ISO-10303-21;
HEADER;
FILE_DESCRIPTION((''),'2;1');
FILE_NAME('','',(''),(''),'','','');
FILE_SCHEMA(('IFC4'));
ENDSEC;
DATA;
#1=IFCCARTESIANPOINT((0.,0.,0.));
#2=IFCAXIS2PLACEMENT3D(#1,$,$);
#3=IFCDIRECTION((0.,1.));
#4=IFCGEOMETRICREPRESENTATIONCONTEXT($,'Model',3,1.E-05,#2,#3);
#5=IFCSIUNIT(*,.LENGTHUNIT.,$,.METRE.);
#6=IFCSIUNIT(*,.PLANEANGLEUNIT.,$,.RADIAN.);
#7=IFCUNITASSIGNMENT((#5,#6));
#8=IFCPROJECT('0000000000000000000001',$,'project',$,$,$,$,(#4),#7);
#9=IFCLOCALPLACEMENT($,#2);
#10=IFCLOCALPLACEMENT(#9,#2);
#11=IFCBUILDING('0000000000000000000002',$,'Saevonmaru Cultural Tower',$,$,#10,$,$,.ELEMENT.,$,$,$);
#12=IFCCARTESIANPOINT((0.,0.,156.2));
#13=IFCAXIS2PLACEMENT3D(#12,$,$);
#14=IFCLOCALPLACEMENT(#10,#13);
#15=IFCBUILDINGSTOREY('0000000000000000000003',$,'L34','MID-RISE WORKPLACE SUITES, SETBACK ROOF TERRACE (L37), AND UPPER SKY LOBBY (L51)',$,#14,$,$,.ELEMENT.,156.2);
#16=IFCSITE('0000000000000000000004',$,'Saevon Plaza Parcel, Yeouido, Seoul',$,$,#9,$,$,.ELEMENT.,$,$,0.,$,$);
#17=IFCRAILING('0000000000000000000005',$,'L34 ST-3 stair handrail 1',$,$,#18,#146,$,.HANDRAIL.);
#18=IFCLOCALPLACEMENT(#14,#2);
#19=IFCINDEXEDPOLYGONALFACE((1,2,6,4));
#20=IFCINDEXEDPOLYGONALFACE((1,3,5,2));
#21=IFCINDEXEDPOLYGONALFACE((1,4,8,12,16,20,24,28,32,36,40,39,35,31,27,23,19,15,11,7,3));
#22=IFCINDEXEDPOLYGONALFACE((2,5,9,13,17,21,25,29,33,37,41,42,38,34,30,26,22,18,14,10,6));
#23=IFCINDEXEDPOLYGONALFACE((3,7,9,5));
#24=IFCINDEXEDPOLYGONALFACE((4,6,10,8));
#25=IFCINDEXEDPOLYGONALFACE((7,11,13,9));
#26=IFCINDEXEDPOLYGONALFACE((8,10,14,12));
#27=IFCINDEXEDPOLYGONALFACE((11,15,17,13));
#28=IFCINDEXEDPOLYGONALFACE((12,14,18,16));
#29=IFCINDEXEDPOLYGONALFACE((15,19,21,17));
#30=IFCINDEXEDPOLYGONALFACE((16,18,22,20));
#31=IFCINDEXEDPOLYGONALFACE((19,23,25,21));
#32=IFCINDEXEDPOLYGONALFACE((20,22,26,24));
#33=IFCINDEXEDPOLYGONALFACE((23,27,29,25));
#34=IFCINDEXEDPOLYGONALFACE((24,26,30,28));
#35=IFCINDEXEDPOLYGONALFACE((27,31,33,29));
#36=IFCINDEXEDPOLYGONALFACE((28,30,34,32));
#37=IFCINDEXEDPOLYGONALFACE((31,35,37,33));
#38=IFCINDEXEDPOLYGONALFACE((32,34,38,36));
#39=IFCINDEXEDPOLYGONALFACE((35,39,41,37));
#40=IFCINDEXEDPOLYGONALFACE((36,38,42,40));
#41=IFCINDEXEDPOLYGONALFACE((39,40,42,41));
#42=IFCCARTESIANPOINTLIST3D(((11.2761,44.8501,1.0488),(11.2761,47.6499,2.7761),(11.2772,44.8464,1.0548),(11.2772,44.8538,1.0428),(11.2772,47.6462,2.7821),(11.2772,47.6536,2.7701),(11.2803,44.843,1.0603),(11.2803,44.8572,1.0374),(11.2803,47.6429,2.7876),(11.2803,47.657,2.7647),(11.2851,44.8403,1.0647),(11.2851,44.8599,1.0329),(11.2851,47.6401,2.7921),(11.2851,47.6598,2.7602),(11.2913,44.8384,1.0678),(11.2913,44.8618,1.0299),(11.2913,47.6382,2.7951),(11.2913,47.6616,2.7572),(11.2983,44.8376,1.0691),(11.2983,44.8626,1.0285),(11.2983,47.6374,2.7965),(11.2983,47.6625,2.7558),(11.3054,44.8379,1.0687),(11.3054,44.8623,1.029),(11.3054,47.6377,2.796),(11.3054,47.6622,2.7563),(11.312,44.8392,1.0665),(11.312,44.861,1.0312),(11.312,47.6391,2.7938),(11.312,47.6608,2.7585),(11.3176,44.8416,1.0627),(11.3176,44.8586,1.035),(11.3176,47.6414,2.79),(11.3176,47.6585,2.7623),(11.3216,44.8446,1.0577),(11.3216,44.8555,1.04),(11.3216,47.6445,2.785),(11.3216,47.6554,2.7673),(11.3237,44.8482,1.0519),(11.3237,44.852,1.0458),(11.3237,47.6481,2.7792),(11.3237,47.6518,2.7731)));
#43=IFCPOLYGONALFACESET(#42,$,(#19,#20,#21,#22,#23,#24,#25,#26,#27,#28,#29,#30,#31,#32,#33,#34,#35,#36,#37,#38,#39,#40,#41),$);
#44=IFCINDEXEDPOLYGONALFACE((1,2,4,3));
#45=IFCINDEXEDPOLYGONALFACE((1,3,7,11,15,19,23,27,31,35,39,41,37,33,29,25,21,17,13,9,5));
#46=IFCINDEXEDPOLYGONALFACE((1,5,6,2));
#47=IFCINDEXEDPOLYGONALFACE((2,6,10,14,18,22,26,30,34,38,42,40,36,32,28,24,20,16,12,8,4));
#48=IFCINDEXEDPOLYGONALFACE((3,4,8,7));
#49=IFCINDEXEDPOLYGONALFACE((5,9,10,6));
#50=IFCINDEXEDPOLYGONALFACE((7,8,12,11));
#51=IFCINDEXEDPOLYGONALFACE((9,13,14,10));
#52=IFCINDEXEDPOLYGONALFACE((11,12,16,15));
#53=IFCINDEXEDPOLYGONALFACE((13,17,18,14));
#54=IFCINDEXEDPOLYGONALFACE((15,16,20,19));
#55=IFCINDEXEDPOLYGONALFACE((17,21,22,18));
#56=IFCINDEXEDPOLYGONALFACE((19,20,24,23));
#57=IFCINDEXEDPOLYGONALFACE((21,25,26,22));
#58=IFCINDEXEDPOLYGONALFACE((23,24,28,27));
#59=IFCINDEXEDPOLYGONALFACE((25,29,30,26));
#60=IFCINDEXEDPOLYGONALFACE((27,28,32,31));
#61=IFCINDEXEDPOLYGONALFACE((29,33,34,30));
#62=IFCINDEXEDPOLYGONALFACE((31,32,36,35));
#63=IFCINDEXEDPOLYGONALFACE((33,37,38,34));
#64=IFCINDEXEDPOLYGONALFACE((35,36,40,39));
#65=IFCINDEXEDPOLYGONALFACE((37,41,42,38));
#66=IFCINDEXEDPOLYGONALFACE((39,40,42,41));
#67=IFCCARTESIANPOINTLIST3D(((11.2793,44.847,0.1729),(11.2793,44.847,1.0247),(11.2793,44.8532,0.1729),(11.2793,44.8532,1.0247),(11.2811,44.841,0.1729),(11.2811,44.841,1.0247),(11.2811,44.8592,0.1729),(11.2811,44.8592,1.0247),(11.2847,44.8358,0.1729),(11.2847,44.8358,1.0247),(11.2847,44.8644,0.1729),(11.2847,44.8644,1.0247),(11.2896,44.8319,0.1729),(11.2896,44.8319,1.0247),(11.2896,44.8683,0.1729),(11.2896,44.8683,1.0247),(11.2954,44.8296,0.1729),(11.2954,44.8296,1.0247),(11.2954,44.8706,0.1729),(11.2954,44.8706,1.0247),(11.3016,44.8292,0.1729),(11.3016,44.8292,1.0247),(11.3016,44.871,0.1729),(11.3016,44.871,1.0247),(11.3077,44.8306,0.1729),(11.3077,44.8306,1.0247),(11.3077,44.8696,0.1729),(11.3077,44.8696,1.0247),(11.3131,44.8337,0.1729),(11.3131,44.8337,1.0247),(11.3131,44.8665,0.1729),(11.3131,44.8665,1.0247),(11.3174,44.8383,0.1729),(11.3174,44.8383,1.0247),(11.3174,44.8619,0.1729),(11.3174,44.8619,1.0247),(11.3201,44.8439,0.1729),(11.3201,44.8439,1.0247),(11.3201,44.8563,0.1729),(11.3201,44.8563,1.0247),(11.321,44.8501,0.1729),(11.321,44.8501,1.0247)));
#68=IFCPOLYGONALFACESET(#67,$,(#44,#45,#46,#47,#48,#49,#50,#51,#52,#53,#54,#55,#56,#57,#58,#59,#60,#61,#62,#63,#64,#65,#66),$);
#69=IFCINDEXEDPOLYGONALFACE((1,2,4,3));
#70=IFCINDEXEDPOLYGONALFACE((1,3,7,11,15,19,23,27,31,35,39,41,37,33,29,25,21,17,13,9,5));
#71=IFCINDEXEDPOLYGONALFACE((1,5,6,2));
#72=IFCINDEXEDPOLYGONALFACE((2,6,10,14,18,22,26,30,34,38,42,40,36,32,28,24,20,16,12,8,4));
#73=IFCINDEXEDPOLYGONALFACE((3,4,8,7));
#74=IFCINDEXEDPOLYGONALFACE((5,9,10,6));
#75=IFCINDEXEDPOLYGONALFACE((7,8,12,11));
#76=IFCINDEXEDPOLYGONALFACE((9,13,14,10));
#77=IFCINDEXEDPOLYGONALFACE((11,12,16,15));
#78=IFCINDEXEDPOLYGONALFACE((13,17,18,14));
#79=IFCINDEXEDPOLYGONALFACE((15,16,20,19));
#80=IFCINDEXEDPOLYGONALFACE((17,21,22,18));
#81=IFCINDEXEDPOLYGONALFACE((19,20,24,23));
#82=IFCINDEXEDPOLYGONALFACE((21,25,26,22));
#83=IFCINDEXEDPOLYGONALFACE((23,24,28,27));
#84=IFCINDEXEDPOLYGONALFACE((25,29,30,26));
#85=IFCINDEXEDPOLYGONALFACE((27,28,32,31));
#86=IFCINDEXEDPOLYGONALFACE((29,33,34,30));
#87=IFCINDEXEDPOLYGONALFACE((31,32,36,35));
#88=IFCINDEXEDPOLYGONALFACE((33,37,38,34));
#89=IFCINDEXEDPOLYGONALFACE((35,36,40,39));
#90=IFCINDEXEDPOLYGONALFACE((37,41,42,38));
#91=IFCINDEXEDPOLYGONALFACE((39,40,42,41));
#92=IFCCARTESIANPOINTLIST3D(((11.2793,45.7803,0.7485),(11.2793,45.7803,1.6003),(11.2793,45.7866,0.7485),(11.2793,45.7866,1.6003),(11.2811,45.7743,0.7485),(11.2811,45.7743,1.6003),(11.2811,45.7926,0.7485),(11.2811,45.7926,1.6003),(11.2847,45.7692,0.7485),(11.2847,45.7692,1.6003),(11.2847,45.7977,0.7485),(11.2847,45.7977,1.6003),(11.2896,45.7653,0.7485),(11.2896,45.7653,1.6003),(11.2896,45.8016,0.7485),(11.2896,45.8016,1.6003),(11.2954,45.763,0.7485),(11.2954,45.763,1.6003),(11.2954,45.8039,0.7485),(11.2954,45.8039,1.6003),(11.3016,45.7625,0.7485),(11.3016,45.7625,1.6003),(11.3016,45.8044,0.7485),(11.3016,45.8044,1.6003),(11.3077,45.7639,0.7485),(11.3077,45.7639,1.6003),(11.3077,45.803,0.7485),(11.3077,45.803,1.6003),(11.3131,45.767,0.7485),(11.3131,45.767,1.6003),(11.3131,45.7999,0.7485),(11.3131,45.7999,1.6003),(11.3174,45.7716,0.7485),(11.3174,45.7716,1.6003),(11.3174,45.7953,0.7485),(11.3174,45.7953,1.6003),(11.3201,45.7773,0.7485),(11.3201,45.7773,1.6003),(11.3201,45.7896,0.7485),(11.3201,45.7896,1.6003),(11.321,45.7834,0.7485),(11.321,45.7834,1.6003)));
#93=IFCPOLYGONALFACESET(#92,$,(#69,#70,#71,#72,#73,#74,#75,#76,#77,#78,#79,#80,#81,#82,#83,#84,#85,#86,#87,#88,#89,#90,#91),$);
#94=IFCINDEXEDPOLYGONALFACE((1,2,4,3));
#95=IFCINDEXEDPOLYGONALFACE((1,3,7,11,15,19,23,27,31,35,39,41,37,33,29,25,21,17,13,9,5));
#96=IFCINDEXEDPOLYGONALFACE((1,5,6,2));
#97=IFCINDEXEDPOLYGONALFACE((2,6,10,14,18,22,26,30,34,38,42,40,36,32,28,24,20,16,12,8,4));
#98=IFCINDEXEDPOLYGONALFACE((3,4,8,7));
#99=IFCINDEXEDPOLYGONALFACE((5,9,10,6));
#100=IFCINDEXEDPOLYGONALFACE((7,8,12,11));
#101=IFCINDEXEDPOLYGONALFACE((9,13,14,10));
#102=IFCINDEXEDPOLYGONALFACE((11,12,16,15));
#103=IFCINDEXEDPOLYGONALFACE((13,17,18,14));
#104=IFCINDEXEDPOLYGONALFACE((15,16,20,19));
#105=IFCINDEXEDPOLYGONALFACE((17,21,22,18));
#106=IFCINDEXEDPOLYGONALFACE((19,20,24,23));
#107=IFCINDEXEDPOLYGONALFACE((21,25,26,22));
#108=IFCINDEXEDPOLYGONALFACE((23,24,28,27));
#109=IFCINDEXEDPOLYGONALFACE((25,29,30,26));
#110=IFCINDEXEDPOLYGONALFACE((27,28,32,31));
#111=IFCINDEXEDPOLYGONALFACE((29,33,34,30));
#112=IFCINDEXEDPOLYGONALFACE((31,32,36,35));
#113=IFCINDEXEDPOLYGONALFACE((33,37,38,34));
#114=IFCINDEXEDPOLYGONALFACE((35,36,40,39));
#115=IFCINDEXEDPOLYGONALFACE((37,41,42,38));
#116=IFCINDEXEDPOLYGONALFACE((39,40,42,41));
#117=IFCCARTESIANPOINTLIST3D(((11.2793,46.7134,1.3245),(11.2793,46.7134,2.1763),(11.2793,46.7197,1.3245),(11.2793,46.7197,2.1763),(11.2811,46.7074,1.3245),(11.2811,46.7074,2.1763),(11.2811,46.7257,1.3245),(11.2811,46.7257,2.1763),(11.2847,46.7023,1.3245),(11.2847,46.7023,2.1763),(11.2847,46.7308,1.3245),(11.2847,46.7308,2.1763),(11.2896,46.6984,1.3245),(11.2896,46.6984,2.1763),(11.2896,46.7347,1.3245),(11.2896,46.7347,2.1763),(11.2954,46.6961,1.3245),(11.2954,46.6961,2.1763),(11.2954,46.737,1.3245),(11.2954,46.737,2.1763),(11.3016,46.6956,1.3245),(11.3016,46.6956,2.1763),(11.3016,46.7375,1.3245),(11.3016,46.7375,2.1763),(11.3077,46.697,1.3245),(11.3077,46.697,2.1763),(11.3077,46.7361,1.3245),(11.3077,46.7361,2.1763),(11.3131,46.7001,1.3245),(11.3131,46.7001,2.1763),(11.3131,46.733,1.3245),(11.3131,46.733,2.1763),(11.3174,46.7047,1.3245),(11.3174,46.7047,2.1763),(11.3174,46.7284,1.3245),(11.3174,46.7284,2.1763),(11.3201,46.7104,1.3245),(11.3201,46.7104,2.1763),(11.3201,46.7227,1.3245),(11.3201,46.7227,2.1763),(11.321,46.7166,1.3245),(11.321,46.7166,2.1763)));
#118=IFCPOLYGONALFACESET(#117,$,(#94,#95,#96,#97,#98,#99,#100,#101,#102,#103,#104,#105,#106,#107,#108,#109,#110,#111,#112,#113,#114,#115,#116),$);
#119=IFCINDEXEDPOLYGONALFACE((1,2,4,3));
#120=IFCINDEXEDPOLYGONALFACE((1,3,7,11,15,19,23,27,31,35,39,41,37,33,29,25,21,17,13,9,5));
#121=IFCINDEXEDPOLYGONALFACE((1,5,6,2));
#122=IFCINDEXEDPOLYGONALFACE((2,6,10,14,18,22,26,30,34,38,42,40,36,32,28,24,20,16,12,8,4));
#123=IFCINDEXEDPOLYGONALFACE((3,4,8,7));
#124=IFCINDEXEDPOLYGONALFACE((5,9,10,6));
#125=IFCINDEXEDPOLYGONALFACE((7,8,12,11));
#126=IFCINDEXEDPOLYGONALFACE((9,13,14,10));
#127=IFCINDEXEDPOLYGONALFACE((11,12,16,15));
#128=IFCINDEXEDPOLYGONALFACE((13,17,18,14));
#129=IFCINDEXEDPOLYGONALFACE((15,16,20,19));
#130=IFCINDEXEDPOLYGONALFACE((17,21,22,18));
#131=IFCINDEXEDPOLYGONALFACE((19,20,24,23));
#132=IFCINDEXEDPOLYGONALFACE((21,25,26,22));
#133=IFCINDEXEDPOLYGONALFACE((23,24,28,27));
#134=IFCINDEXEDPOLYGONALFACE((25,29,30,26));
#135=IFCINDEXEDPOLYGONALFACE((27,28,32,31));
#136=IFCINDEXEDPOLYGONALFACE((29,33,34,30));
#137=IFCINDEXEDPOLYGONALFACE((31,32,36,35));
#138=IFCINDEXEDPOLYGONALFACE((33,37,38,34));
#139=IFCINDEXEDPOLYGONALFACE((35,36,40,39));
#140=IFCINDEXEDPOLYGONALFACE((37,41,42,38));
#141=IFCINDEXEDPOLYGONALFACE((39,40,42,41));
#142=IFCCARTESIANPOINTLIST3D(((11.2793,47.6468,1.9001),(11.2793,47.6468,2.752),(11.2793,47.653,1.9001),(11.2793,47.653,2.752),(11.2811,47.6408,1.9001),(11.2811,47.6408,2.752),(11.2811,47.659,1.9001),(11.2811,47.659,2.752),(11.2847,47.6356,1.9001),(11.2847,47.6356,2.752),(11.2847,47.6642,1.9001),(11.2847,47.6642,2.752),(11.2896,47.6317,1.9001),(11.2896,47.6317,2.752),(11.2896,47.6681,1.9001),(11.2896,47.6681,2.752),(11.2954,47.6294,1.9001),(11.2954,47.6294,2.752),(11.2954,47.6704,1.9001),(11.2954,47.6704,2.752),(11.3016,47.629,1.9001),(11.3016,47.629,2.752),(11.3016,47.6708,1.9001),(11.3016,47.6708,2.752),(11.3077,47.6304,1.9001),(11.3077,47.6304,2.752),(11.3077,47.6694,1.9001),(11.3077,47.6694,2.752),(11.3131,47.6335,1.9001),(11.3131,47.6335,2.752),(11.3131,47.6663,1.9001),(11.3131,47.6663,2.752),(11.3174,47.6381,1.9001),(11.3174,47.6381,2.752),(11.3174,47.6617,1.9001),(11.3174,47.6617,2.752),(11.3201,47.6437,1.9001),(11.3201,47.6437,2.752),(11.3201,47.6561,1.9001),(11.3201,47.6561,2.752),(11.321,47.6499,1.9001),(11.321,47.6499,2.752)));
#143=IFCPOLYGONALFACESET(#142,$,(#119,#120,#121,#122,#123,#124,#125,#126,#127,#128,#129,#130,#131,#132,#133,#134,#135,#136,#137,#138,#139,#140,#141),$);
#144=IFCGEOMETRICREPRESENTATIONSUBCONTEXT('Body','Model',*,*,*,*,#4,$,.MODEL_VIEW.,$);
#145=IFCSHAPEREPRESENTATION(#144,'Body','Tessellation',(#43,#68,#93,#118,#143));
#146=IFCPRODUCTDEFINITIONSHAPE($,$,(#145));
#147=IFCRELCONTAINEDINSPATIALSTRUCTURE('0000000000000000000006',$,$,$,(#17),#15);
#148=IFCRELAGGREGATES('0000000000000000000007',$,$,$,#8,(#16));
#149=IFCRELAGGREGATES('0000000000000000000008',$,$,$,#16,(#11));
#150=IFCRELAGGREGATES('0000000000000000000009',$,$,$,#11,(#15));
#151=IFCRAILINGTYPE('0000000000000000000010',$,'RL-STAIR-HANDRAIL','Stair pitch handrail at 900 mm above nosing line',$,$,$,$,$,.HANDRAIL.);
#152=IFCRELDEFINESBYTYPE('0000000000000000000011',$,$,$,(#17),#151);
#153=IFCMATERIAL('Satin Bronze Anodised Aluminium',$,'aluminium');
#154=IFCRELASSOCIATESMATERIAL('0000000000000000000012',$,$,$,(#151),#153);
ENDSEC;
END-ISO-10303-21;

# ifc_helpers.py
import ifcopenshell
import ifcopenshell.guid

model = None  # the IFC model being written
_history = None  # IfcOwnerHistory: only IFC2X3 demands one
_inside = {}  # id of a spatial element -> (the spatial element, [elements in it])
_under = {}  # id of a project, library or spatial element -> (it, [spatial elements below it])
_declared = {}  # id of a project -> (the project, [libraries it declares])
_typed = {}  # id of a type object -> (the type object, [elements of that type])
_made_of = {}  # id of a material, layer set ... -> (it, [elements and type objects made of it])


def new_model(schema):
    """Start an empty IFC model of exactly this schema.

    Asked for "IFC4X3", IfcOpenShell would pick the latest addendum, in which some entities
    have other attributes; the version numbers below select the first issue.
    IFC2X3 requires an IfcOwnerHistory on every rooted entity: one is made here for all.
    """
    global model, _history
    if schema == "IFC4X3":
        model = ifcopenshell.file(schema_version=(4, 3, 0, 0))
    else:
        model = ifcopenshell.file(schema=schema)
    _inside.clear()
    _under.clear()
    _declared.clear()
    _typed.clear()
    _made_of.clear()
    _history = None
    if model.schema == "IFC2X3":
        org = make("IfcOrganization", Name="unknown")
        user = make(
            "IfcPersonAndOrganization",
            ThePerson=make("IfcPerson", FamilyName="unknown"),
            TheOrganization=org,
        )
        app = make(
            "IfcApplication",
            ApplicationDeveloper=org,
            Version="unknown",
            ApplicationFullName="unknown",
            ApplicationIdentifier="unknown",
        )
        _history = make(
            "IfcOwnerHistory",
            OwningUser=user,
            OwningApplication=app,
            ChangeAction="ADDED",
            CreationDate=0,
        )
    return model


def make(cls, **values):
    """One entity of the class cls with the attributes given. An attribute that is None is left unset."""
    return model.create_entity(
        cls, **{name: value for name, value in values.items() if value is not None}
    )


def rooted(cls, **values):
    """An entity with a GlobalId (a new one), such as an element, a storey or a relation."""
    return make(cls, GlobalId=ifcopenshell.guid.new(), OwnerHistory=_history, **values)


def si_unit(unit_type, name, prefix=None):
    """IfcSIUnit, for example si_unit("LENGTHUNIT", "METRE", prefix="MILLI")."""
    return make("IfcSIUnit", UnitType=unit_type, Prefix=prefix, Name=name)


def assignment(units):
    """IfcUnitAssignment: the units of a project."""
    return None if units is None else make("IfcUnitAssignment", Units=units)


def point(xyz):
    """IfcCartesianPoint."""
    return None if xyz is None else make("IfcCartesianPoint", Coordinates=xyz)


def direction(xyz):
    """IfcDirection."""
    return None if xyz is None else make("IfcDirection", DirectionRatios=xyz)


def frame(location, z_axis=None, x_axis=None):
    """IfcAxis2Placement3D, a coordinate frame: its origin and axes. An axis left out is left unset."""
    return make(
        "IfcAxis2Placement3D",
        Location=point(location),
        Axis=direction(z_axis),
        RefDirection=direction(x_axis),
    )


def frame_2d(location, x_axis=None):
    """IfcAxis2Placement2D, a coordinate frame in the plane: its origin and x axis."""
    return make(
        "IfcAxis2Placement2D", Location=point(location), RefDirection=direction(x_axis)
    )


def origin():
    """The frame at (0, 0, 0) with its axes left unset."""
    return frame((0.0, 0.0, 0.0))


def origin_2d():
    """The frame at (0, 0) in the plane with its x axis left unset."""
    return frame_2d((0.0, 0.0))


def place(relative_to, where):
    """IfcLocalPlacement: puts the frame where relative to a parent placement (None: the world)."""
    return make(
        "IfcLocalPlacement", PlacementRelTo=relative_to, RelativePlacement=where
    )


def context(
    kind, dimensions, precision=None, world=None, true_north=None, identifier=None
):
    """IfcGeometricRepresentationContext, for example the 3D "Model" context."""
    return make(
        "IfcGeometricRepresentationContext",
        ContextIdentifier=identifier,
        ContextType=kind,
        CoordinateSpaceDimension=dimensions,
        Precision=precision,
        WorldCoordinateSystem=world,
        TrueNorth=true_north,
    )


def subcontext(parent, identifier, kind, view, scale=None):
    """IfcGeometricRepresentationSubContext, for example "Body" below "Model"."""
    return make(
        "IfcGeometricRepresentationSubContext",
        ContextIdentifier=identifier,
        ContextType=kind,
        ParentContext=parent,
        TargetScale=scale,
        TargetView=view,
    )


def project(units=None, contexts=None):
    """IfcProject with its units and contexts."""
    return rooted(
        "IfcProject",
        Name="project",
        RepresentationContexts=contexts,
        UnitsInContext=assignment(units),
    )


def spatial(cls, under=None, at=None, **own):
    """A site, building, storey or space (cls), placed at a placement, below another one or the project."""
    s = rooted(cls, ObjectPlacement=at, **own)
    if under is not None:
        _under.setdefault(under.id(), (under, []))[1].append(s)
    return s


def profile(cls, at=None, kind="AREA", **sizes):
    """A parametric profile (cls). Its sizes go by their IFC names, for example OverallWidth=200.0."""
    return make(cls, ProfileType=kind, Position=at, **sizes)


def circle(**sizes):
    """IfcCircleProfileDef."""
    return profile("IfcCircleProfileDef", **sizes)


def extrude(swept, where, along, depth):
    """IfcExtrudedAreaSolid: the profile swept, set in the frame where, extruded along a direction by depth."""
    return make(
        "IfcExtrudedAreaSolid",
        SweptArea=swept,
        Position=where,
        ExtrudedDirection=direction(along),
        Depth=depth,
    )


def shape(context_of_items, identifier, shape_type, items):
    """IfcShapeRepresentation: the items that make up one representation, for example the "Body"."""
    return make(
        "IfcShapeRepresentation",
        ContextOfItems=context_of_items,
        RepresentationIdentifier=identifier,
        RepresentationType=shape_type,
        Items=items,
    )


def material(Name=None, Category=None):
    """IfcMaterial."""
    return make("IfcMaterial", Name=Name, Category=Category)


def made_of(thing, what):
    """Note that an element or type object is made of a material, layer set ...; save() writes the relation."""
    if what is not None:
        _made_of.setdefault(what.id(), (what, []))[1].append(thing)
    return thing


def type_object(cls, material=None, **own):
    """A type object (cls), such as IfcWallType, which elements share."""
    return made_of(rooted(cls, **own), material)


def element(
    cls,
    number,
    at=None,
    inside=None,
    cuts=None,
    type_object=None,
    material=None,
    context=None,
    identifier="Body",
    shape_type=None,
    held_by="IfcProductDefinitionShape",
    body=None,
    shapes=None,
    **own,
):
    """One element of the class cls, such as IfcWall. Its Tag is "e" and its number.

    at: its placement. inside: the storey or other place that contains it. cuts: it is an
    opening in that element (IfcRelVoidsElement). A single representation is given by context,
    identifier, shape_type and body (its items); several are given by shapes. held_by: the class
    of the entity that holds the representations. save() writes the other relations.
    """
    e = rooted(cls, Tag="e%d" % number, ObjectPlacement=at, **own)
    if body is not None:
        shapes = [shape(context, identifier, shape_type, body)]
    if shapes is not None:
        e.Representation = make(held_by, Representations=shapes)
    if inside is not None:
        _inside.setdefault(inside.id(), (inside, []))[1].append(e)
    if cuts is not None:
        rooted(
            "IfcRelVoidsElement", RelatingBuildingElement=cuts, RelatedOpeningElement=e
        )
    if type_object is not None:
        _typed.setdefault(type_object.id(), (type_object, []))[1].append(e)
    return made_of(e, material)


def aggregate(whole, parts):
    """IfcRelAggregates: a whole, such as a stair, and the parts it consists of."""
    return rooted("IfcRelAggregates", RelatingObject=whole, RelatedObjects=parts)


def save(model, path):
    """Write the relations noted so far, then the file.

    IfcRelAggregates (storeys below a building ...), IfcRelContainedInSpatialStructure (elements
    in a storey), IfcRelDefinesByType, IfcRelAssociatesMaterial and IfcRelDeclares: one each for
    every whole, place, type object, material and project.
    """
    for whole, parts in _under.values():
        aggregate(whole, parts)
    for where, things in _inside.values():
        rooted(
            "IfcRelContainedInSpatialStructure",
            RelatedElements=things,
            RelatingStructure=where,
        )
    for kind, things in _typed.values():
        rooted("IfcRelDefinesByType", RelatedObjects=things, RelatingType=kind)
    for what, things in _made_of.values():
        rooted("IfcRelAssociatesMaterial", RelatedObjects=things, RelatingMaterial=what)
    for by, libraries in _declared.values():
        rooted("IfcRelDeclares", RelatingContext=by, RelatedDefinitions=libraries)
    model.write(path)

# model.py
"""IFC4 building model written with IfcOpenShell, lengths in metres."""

from ifc_helpers import new_model, si_unit, direction, frame, origin, origin_2d, place, context, subcontext, project, spatial, circle, extrude, material, type_object, element, save


model = new_model("IFC4")

# Units and contexts
model_context = context("Model", 3, precision=1e-05, world=origin(), true_north=direction((0.0, 1.0)))
body_context = subcontext(model_context, "Body", "Model", "MODEL_VIEW")
ifc_project = project(units=[si_unit("LENGTHUNIT", "METRE"), si_unit("PLANEANGLEUNIT", "RADIAN")], contexts=[model_context])

# Site, building, storey
site_placement = place(None, origin())
site = spatial("IfcSite", under=ifc_project, at=site_placement, Name="Saevon Plaza Parcel, Yeouido, Seoul", CompositionType="ELEMENT", RefElevation=0.0)
building_placement = place(site_placement, origin())
building = spatial("IfcBuilding", under=site, at=building_placement, Name="Saevonmaru Cultural Tower", CompositionType="ELEMENT")
storey_placement = place(building_placement, frame((0.0, 0.0, 156.2)))
storey = spatial("IfcBuildingStorey", under=building, at=storey_placement, Name="L34", Description="MID-RISE WORKPLACE SUITES, SETBACK ROOF TERRACE (L37), AND UPPER SKY LOBBY (L51)", CompositionType="ELEMENT", Elevation=156.2)

# Shared definitions
ifc_material_1 = material(Name="Satin Bronze Anodised Aluminium", Category="aluminium")

# Railing
railing_type_1 = type_object("IfcRailingType", Name="RL-STAIR-HANDRAIL", Description="Stair pitch handrail at 900 mm above nosing line", PredefinedType="HANDRAIL", material=ifc_material_1)
railing_1_placement = place(storey_placement, frame((11.3, 44.8501, 0.1729)))
element("IfcRailing", 1, at=railing_1_placement, inside=storey, type_object=railing_type_1, Name="L34 ST-3 stair handrail 1", PredefinedType="HANDRAIL", context=body_context, shape_type="SweptSolid", body=[
    extrude(circle(Radius=0.0239, at=origin_2d()), frame((0.0, 0.0, 0.876), z_axis=(0.0, 0.851069, 0.525054), x_axis=(-1.0, 0.0, 0.0)), (0.0, 0.0, 1.0), 3.2898),
    extrude(circle(Radius=0.021, at=origin_2d()), origin(), (0.0, 0.0, 1.0), 0.8518),
    extrude(circle(Radius=0.021, at=origin_2d()), frame((0.0, 0.9333, 0.5757)), (0.0, 0.0, 1.0), 0.8518),
    extrude(circle(Radius=0.021, at=origin_2d()), frame((0.0, 1.8665, 1.1516)), (0.0, 0.0, 1.0), 0.8518),
    extrude(circle(Radius=0.021, at=origin_2d()), frame((0.0, 2.7998, 1.7273)), (0.0, 0.0, 1.0), 0.8518),
])

save(model, "model.ifc")
